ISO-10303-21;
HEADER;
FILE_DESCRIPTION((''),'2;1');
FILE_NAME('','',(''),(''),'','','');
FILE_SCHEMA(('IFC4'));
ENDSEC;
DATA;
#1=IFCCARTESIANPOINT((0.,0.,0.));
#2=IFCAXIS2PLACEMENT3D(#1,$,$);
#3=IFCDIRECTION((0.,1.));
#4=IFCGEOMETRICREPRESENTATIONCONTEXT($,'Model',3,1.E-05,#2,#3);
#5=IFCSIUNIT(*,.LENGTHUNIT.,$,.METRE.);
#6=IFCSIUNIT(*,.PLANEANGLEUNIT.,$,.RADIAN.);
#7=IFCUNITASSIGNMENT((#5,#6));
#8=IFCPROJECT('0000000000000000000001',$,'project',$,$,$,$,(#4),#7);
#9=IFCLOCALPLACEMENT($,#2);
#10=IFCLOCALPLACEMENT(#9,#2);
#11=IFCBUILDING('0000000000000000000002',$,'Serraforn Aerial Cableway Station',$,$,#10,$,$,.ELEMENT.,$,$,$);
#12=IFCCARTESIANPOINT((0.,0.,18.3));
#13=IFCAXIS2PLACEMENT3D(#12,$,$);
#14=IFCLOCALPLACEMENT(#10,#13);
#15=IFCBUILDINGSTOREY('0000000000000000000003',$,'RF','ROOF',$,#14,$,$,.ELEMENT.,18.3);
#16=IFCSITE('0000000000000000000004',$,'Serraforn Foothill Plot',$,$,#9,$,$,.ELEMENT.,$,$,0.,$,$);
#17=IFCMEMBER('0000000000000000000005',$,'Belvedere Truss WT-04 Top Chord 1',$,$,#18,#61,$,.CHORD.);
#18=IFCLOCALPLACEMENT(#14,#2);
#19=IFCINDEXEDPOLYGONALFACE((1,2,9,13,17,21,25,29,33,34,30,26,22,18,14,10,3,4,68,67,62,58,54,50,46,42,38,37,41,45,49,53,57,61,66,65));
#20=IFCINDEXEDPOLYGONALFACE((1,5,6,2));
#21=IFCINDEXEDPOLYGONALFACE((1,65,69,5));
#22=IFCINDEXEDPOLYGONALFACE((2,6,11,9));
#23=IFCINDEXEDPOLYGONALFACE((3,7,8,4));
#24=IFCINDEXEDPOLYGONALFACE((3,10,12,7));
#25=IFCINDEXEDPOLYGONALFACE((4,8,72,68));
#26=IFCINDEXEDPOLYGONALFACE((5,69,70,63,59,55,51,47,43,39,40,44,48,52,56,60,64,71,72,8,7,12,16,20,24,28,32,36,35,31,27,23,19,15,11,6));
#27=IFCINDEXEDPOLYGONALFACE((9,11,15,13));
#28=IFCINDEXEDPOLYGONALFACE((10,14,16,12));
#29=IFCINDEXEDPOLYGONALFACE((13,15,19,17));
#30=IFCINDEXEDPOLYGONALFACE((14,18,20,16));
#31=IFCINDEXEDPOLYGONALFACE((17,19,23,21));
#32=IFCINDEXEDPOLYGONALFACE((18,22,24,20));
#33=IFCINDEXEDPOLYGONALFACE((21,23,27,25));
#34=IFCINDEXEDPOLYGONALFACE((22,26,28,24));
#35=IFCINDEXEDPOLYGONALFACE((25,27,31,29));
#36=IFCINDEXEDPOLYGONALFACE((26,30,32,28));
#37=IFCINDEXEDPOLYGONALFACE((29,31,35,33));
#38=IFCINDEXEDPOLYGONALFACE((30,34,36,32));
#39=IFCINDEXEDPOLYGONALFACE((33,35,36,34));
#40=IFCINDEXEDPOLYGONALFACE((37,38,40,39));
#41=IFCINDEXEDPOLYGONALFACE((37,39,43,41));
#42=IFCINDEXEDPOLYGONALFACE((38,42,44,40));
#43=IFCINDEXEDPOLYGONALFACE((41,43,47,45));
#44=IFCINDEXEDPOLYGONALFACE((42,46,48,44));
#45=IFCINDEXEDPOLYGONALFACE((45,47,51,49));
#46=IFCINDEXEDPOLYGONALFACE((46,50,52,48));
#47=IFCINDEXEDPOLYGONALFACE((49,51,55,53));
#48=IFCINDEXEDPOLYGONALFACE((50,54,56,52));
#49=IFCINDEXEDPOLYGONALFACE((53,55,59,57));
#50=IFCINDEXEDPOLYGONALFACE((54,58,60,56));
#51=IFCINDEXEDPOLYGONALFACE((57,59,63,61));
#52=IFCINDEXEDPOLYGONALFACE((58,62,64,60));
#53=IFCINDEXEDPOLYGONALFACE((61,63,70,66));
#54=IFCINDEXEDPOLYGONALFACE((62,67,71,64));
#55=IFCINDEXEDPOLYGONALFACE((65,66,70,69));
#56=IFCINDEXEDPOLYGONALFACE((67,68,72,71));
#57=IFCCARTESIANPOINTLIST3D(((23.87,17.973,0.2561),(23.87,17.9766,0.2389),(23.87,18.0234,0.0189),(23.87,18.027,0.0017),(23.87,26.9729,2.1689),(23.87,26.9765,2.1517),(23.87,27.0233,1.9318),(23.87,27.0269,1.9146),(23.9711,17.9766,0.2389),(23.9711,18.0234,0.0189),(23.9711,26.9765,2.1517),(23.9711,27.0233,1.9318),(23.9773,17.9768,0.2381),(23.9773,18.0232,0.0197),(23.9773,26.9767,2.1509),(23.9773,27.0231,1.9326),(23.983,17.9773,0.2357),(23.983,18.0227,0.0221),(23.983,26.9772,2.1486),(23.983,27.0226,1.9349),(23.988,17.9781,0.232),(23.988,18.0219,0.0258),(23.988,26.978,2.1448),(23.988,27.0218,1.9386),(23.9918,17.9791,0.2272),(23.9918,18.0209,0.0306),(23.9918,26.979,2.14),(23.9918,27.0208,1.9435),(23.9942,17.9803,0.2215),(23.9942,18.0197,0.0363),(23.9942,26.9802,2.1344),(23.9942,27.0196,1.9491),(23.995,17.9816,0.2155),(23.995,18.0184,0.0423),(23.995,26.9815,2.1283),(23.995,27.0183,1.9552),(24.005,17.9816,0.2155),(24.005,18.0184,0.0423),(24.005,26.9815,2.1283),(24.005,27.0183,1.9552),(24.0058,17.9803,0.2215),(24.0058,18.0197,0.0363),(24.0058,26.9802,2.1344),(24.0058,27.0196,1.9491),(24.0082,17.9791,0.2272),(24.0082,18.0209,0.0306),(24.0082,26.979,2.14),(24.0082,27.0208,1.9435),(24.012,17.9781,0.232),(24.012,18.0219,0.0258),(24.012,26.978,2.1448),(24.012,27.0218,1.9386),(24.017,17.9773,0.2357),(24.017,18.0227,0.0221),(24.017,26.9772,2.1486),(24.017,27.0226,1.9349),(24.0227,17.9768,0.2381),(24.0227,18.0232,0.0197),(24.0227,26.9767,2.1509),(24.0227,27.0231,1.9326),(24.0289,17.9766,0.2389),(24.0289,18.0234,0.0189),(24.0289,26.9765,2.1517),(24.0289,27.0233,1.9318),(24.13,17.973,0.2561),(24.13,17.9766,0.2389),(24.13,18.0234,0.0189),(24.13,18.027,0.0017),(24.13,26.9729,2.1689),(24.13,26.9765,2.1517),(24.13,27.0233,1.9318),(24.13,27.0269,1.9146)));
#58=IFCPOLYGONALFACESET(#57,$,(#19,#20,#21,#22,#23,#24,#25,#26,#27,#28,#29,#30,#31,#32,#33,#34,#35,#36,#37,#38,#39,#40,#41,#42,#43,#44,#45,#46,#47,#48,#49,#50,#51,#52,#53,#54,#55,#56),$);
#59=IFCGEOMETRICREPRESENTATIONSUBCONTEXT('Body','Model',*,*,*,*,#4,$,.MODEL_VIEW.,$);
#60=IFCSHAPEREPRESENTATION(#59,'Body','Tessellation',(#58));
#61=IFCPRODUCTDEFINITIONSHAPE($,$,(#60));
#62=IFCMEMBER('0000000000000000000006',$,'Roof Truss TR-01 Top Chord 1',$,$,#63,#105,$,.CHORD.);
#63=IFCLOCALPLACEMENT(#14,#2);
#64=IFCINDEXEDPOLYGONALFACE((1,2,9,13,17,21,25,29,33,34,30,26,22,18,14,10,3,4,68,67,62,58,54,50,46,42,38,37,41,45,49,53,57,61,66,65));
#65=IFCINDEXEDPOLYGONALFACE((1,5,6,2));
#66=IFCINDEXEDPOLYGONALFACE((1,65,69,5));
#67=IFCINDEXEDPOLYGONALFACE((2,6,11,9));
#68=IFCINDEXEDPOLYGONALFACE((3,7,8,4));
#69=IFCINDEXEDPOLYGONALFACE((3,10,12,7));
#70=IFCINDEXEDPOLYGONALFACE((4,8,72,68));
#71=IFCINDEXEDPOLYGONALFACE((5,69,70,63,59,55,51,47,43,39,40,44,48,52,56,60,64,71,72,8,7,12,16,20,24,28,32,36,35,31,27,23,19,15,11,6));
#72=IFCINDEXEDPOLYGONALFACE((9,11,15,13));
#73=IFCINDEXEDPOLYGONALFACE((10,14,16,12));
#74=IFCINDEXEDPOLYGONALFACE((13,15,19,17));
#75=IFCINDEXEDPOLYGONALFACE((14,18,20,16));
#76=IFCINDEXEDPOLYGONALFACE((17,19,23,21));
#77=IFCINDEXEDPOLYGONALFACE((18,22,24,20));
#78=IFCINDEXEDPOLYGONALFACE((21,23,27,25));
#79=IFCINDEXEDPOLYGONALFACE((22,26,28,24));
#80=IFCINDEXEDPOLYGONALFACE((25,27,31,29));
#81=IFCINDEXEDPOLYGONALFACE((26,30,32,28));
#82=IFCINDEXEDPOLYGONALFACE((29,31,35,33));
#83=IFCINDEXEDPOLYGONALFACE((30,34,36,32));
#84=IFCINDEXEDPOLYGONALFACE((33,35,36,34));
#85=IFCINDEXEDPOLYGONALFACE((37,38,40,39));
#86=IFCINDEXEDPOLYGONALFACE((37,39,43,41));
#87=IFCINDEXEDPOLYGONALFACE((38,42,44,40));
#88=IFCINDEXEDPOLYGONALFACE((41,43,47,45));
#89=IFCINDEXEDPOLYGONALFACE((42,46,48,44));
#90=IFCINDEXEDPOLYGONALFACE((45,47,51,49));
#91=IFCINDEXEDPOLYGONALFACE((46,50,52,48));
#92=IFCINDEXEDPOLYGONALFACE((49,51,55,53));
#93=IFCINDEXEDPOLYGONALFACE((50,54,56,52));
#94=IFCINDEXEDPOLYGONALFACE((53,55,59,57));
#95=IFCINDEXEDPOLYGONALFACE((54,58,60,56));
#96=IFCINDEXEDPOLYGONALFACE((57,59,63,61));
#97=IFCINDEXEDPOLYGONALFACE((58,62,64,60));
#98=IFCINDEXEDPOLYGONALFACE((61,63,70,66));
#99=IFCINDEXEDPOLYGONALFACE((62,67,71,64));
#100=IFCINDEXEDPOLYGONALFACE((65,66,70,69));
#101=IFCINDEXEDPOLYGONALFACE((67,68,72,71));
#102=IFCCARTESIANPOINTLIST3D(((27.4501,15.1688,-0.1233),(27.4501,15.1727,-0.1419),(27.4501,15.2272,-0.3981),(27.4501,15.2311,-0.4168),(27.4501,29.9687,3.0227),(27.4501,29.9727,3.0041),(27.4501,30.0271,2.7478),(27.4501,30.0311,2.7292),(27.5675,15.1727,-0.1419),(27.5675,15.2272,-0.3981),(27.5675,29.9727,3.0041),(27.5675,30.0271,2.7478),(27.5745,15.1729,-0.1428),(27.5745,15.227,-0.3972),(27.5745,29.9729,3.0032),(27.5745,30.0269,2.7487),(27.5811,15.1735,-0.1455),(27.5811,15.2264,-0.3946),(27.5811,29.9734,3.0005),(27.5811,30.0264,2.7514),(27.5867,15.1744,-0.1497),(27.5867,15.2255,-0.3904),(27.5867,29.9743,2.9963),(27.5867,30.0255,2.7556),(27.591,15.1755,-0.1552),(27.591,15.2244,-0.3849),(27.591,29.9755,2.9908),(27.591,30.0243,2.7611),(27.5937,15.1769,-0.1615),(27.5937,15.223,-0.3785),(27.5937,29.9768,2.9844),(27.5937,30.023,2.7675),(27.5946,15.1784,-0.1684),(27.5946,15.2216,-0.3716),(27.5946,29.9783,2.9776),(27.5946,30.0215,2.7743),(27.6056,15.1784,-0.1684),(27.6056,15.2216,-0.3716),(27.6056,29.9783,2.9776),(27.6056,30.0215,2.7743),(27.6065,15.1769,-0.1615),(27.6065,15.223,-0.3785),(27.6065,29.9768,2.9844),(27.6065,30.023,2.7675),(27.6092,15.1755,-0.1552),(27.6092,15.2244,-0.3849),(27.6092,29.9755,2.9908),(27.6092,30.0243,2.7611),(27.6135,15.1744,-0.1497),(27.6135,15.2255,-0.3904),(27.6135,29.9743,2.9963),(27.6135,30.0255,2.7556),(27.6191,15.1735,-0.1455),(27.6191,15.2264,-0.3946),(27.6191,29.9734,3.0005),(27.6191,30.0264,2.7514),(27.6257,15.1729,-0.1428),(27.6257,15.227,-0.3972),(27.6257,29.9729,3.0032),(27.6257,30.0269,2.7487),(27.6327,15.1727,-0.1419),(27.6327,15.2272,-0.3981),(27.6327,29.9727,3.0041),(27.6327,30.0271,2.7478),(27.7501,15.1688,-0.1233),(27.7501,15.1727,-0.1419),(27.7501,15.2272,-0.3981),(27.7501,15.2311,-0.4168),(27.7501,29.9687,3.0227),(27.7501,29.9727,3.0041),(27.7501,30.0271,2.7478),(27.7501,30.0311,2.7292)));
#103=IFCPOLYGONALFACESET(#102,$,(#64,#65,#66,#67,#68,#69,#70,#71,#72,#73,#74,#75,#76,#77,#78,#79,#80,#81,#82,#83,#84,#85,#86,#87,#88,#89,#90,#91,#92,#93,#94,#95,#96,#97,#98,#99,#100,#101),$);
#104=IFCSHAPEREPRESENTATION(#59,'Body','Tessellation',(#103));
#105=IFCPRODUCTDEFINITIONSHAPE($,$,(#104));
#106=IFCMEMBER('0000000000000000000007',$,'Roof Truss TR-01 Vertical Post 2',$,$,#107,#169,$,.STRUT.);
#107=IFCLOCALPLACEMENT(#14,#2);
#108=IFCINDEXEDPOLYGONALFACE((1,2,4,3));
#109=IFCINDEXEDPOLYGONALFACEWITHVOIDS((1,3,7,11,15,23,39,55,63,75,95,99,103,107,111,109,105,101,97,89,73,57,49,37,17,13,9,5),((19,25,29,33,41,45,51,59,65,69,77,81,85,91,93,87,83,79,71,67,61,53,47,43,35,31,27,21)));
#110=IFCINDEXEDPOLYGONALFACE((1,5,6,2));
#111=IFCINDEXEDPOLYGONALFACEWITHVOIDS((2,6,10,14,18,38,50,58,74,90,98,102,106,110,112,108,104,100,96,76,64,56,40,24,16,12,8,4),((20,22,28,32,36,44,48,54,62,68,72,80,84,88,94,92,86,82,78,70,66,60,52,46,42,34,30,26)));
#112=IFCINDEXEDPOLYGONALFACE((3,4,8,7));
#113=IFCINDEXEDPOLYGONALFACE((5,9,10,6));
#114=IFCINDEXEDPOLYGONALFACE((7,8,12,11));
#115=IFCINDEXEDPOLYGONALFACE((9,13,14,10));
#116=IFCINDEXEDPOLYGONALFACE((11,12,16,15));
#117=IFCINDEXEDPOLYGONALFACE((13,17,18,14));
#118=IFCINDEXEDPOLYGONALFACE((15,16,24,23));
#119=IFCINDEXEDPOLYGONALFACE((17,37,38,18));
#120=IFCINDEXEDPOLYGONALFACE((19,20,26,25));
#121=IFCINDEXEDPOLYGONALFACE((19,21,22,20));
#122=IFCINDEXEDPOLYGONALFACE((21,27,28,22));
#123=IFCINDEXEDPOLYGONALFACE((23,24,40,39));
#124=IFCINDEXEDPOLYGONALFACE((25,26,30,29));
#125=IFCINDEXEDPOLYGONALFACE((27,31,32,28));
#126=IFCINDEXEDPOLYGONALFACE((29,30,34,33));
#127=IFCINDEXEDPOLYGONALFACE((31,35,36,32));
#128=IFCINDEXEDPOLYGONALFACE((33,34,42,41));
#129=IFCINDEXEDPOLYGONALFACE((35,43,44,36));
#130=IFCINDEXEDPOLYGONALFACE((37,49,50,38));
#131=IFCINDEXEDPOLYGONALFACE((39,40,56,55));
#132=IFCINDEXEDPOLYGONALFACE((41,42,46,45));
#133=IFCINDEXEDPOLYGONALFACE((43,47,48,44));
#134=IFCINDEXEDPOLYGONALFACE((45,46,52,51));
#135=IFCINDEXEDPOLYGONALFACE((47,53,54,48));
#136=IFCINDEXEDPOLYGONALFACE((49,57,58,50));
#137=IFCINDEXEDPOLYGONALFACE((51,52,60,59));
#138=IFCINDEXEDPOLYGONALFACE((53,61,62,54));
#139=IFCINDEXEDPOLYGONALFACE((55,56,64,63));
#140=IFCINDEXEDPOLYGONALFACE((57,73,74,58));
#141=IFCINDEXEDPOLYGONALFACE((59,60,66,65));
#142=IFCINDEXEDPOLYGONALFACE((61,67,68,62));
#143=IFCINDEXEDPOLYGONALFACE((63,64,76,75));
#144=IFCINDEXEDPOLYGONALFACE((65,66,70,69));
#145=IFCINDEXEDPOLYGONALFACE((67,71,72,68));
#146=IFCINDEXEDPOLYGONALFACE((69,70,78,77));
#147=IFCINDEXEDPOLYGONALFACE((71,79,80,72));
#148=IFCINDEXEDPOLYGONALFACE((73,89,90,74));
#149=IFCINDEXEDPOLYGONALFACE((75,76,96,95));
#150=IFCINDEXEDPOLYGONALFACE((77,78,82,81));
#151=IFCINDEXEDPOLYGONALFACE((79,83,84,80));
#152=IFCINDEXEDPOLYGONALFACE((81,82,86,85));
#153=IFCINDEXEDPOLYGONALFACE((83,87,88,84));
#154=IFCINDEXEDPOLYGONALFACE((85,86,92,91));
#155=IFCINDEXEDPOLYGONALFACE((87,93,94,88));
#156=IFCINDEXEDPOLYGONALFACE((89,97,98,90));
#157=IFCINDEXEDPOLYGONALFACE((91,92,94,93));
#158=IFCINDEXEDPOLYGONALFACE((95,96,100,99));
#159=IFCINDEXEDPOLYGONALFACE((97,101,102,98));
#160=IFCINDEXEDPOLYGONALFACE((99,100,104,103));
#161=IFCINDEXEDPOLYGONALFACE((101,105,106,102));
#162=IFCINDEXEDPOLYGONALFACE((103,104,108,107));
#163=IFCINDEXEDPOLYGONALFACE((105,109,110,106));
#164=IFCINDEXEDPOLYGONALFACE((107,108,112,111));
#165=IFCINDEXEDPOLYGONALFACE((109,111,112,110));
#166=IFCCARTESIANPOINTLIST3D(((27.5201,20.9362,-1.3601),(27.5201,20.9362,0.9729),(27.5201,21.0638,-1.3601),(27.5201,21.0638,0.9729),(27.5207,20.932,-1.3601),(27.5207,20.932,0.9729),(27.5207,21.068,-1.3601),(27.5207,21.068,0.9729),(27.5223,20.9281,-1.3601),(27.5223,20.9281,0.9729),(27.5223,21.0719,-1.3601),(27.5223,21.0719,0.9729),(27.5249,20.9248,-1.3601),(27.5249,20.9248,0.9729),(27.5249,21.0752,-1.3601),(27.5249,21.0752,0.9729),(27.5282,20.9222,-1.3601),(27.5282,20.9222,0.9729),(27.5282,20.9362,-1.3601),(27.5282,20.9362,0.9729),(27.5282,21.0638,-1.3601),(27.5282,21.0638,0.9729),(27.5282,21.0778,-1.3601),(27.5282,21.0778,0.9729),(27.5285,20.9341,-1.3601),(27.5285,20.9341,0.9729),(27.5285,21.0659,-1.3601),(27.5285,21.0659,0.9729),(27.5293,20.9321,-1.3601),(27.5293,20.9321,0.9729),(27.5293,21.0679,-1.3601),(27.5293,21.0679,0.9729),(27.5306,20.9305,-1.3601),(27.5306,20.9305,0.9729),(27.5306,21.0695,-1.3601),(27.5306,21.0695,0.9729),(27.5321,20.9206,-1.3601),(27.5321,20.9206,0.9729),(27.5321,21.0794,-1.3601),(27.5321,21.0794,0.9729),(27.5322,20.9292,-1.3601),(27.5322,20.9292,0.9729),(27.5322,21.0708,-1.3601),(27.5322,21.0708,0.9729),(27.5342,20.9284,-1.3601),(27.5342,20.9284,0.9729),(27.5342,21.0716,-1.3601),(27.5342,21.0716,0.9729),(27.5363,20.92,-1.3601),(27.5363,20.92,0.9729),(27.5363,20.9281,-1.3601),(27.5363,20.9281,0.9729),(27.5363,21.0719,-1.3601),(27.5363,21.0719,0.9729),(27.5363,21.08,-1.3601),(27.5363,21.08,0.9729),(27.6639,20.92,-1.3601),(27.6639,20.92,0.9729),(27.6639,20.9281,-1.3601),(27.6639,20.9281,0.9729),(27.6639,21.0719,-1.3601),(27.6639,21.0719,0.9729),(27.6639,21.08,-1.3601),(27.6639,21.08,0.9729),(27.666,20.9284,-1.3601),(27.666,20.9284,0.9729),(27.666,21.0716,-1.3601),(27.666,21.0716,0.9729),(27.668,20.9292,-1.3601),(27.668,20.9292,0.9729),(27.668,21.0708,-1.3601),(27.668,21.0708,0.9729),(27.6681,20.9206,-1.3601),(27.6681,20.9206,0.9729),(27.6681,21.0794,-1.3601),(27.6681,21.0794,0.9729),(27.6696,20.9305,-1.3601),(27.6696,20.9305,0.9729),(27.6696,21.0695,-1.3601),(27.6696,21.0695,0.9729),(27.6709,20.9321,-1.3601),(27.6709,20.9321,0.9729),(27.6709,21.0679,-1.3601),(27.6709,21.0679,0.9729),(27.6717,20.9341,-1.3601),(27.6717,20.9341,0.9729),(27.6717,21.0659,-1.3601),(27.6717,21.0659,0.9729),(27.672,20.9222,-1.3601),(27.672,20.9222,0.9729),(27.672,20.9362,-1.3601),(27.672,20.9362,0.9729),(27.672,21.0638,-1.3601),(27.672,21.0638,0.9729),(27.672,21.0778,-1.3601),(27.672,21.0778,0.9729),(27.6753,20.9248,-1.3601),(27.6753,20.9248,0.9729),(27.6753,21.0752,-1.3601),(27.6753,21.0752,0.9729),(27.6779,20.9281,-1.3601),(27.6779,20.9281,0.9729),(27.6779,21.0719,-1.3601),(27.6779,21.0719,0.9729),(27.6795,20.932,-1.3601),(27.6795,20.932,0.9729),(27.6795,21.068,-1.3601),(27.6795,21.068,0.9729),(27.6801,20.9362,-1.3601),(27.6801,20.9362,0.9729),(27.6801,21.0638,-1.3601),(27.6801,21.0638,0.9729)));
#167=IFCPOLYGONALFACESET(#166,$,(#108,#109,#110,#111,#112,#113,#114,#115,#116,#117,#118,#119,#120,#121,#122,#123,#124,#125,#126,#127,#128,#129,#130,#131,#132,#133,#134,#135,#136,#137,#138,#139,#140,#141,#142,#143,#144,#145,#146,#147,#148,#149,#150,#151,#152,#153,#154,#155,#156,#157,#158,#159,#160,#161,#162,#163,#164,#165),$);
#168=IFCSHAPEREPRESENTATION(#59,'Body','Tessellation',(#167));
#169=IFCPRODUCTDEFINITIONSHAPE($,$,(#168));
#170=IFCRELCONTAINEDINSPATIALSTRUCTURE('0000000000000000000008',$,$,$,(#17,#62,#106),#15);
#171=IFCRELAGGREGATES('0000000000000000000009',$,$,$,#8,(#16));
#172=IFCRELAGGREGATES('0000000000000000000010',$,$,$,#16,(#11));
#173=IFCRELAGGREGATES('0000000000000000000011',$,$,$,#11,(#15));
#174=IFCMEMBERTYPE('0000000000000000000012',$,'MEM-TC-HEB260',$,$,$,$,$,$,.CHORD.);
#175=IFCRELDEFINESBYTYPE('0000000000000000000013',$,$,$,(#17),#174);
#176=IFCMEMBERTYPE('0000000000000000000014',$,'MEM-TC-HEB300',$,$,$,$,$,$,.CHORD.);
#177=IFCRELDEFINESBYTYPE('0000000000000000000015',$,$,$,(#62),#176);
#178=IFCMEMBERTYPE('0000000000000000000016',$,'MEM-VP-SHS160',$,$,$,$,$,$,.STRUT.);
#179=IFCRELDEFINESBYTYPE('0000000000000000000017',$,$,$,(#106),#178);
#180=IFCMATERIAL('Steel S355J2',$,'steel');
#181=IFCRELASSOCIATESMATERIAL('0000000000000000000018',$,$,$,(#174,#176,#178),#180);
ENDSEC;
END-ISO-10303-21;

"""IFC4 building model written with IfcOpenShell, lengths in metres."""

from ifc_helpers import new_model, si_unit, direction, frame, origin, origin_2d, place, context, subcontext, project, spatial, hollow_rectangle, i_section, extrude, material, material_profile, profile_set, type_object, element, save


model = new_model("IFC4")

# Units and contexts
model_context = context("Model", 3, precision=1e-05, world=origin(), true_north=direction((0.0, 1.0)))
body_context = subcontext(model_context, "Body", "Model", "MODEL_VIEW")
ifc_project = project(units=[si_unit("LENGTHUNIT", "METRE"), si_unit("PLANEANGLEUNIT", "RADIAN")], contexts=[model_context])

# Site, building, storey
site_placement = place(None, origin())
site = spatial("IfcSite", under=ifc_project, at=site_placement, Name="Serraforn Foothill Plot", CompositionType="ELEMENT", RefElevation=0.0)
building_placement = place(site_placement, origin())
building = spatial("IfcBuilding", under=site, at=building_placement, Name="Serraforn Aerial Cableway Station", CompositionType="ELEMENT")
storey_placement = place(building_placement, frame((0.0, 0.0, 18.3)))
storey = spatial("IfcBuildingStorey", under=building, at=storey_placement, Name="RF", Description="ROOF", CompositionType="ELEMENT", Elevation=18.3)

# Shared definitions
ifc_material = material(Name="Steel S355J2", Category="steel")

# Members
ifc_material_profile_1 = material_profile(ifc_material, i_section(OverallWidth=0.26, OverallDepth=0.26, WebThickness=0.01, FlangeThickness=0.0176, FilletRadius=0.0239, at=origin_2d()), Name="HEB 260")
ifc_profile_set_1 = profile_set([ifc_material_profile_1], Name="Steel S355J2")
member_type_1 = type_object("IfcMemberType", Name="MEM-TC-HEB260", PredefinedType="CHORD", material=ifc_profile_set_1)
member_1_placement = place(storey_placement, frame((24.0, 18.0, 0.1289), z_axis=(0.0, 0.978151, 0.207894), x_axis=(-1.0, 0.0, 0.0)))
element("IfcMember", 1, at=member_1_placement, inside=storey, type_object=member_type_1, Name="Belvedere Truss WT-04 Top Chord 1", PredefinedType="CHORD", context=body_context, shape_type="SweptSolid", body=[
    extrude(i_section(OverallWidth=0.26, OverallDepth=0.26, WebThickness=0.01, FlangeThickness=0.0176, FilletRadius=0.0239, at=origin_2d()), origin(), (0.0, 0.0, 1.0), 9.2009),
])
ifc_material_profile_2 = material_profile(ifc_material, i_section(OverallWidth=0.3, OverallDepth=0.3, WebThickness=0.011, FlangeThickness=0.019, FilletRadius=0.0271, at=origin_2d()), Name="HEB 300")
ifc_profile_set_2 = profile_set([ifc_material_profile_2], Name="Steel S355J2")
member_type_2 = type_object("IfcMemberType", Name="MEM-TC-HEB300", PredefinedType="CHORD", material=ifc_profile_set_2)
member_2_placement = place(storey_placement, frame((27.6001, 15.2, -0.27), z_axis=(0.0, 0.978146, 0.207921), x_axis=(-1.0, 0.0, 0.0)))
element("IfcMember", 2, at=member_2_placement, inside=storey, type_object=member_type_2, Name="Roof Truss TR-01 Top Chord 1", PredefinedType="CHORD", context=body_context, shape_type="SweptSolid", body=[
    extrude(i_section(OverallWidth=0.3, OverallDepth=0.3, WebThickness=0.011, FlangeThickness=0.019, FilletRadius=0.0271, at=origin_2d()), origin(), (0.0, 0.0, 1.0), 15.1306),
])
ifc_material_profile_3 = material_profile(ifc_material, hollow_rectangle(XDim=0.1599, YDim=0.1599, WallThickness=0.0081, InnerFilletRadius=0.0081, OuterFilletRadius=0.0161, at=origin_2d()), Name="SHS 160x160x8.0")
ifc_profile_set_3 = profile_set([ifc_material_profile_3], Name="Steel S355J2")
member_type_3 = type_object("IfcMemberType", Name="MEM-VP-SHS160", PredefinedType="STRUT", material=ifc_profile_set_3)
member_3_placement = place(storey_placement, frame((27.6001, 21.0, -1.3601), z_axis=(0.0, 0.0, 1.0), x_axis=(1.0, 0.0, 0.0)))
element("IfcMember", 3, at=member_3_placement, inside=storey, type_object=member_type_3, Name="Roof Truss TR-01 Vertical Post 2", PredefinedType="STRUT", context=body_context, shape_type="SweptSolid", body=[
    extrude(hollow_rectangle(XDim=0.1599, YDim=0.1599, WallThickness=0.0081, InnerFilletRadius=0.0081, OuterFilletRadius=0.0161, at=origin_2d()), origin(), (0.0, 0.0, 1.0), 2.333),
])

save(model, "model.ifc")
